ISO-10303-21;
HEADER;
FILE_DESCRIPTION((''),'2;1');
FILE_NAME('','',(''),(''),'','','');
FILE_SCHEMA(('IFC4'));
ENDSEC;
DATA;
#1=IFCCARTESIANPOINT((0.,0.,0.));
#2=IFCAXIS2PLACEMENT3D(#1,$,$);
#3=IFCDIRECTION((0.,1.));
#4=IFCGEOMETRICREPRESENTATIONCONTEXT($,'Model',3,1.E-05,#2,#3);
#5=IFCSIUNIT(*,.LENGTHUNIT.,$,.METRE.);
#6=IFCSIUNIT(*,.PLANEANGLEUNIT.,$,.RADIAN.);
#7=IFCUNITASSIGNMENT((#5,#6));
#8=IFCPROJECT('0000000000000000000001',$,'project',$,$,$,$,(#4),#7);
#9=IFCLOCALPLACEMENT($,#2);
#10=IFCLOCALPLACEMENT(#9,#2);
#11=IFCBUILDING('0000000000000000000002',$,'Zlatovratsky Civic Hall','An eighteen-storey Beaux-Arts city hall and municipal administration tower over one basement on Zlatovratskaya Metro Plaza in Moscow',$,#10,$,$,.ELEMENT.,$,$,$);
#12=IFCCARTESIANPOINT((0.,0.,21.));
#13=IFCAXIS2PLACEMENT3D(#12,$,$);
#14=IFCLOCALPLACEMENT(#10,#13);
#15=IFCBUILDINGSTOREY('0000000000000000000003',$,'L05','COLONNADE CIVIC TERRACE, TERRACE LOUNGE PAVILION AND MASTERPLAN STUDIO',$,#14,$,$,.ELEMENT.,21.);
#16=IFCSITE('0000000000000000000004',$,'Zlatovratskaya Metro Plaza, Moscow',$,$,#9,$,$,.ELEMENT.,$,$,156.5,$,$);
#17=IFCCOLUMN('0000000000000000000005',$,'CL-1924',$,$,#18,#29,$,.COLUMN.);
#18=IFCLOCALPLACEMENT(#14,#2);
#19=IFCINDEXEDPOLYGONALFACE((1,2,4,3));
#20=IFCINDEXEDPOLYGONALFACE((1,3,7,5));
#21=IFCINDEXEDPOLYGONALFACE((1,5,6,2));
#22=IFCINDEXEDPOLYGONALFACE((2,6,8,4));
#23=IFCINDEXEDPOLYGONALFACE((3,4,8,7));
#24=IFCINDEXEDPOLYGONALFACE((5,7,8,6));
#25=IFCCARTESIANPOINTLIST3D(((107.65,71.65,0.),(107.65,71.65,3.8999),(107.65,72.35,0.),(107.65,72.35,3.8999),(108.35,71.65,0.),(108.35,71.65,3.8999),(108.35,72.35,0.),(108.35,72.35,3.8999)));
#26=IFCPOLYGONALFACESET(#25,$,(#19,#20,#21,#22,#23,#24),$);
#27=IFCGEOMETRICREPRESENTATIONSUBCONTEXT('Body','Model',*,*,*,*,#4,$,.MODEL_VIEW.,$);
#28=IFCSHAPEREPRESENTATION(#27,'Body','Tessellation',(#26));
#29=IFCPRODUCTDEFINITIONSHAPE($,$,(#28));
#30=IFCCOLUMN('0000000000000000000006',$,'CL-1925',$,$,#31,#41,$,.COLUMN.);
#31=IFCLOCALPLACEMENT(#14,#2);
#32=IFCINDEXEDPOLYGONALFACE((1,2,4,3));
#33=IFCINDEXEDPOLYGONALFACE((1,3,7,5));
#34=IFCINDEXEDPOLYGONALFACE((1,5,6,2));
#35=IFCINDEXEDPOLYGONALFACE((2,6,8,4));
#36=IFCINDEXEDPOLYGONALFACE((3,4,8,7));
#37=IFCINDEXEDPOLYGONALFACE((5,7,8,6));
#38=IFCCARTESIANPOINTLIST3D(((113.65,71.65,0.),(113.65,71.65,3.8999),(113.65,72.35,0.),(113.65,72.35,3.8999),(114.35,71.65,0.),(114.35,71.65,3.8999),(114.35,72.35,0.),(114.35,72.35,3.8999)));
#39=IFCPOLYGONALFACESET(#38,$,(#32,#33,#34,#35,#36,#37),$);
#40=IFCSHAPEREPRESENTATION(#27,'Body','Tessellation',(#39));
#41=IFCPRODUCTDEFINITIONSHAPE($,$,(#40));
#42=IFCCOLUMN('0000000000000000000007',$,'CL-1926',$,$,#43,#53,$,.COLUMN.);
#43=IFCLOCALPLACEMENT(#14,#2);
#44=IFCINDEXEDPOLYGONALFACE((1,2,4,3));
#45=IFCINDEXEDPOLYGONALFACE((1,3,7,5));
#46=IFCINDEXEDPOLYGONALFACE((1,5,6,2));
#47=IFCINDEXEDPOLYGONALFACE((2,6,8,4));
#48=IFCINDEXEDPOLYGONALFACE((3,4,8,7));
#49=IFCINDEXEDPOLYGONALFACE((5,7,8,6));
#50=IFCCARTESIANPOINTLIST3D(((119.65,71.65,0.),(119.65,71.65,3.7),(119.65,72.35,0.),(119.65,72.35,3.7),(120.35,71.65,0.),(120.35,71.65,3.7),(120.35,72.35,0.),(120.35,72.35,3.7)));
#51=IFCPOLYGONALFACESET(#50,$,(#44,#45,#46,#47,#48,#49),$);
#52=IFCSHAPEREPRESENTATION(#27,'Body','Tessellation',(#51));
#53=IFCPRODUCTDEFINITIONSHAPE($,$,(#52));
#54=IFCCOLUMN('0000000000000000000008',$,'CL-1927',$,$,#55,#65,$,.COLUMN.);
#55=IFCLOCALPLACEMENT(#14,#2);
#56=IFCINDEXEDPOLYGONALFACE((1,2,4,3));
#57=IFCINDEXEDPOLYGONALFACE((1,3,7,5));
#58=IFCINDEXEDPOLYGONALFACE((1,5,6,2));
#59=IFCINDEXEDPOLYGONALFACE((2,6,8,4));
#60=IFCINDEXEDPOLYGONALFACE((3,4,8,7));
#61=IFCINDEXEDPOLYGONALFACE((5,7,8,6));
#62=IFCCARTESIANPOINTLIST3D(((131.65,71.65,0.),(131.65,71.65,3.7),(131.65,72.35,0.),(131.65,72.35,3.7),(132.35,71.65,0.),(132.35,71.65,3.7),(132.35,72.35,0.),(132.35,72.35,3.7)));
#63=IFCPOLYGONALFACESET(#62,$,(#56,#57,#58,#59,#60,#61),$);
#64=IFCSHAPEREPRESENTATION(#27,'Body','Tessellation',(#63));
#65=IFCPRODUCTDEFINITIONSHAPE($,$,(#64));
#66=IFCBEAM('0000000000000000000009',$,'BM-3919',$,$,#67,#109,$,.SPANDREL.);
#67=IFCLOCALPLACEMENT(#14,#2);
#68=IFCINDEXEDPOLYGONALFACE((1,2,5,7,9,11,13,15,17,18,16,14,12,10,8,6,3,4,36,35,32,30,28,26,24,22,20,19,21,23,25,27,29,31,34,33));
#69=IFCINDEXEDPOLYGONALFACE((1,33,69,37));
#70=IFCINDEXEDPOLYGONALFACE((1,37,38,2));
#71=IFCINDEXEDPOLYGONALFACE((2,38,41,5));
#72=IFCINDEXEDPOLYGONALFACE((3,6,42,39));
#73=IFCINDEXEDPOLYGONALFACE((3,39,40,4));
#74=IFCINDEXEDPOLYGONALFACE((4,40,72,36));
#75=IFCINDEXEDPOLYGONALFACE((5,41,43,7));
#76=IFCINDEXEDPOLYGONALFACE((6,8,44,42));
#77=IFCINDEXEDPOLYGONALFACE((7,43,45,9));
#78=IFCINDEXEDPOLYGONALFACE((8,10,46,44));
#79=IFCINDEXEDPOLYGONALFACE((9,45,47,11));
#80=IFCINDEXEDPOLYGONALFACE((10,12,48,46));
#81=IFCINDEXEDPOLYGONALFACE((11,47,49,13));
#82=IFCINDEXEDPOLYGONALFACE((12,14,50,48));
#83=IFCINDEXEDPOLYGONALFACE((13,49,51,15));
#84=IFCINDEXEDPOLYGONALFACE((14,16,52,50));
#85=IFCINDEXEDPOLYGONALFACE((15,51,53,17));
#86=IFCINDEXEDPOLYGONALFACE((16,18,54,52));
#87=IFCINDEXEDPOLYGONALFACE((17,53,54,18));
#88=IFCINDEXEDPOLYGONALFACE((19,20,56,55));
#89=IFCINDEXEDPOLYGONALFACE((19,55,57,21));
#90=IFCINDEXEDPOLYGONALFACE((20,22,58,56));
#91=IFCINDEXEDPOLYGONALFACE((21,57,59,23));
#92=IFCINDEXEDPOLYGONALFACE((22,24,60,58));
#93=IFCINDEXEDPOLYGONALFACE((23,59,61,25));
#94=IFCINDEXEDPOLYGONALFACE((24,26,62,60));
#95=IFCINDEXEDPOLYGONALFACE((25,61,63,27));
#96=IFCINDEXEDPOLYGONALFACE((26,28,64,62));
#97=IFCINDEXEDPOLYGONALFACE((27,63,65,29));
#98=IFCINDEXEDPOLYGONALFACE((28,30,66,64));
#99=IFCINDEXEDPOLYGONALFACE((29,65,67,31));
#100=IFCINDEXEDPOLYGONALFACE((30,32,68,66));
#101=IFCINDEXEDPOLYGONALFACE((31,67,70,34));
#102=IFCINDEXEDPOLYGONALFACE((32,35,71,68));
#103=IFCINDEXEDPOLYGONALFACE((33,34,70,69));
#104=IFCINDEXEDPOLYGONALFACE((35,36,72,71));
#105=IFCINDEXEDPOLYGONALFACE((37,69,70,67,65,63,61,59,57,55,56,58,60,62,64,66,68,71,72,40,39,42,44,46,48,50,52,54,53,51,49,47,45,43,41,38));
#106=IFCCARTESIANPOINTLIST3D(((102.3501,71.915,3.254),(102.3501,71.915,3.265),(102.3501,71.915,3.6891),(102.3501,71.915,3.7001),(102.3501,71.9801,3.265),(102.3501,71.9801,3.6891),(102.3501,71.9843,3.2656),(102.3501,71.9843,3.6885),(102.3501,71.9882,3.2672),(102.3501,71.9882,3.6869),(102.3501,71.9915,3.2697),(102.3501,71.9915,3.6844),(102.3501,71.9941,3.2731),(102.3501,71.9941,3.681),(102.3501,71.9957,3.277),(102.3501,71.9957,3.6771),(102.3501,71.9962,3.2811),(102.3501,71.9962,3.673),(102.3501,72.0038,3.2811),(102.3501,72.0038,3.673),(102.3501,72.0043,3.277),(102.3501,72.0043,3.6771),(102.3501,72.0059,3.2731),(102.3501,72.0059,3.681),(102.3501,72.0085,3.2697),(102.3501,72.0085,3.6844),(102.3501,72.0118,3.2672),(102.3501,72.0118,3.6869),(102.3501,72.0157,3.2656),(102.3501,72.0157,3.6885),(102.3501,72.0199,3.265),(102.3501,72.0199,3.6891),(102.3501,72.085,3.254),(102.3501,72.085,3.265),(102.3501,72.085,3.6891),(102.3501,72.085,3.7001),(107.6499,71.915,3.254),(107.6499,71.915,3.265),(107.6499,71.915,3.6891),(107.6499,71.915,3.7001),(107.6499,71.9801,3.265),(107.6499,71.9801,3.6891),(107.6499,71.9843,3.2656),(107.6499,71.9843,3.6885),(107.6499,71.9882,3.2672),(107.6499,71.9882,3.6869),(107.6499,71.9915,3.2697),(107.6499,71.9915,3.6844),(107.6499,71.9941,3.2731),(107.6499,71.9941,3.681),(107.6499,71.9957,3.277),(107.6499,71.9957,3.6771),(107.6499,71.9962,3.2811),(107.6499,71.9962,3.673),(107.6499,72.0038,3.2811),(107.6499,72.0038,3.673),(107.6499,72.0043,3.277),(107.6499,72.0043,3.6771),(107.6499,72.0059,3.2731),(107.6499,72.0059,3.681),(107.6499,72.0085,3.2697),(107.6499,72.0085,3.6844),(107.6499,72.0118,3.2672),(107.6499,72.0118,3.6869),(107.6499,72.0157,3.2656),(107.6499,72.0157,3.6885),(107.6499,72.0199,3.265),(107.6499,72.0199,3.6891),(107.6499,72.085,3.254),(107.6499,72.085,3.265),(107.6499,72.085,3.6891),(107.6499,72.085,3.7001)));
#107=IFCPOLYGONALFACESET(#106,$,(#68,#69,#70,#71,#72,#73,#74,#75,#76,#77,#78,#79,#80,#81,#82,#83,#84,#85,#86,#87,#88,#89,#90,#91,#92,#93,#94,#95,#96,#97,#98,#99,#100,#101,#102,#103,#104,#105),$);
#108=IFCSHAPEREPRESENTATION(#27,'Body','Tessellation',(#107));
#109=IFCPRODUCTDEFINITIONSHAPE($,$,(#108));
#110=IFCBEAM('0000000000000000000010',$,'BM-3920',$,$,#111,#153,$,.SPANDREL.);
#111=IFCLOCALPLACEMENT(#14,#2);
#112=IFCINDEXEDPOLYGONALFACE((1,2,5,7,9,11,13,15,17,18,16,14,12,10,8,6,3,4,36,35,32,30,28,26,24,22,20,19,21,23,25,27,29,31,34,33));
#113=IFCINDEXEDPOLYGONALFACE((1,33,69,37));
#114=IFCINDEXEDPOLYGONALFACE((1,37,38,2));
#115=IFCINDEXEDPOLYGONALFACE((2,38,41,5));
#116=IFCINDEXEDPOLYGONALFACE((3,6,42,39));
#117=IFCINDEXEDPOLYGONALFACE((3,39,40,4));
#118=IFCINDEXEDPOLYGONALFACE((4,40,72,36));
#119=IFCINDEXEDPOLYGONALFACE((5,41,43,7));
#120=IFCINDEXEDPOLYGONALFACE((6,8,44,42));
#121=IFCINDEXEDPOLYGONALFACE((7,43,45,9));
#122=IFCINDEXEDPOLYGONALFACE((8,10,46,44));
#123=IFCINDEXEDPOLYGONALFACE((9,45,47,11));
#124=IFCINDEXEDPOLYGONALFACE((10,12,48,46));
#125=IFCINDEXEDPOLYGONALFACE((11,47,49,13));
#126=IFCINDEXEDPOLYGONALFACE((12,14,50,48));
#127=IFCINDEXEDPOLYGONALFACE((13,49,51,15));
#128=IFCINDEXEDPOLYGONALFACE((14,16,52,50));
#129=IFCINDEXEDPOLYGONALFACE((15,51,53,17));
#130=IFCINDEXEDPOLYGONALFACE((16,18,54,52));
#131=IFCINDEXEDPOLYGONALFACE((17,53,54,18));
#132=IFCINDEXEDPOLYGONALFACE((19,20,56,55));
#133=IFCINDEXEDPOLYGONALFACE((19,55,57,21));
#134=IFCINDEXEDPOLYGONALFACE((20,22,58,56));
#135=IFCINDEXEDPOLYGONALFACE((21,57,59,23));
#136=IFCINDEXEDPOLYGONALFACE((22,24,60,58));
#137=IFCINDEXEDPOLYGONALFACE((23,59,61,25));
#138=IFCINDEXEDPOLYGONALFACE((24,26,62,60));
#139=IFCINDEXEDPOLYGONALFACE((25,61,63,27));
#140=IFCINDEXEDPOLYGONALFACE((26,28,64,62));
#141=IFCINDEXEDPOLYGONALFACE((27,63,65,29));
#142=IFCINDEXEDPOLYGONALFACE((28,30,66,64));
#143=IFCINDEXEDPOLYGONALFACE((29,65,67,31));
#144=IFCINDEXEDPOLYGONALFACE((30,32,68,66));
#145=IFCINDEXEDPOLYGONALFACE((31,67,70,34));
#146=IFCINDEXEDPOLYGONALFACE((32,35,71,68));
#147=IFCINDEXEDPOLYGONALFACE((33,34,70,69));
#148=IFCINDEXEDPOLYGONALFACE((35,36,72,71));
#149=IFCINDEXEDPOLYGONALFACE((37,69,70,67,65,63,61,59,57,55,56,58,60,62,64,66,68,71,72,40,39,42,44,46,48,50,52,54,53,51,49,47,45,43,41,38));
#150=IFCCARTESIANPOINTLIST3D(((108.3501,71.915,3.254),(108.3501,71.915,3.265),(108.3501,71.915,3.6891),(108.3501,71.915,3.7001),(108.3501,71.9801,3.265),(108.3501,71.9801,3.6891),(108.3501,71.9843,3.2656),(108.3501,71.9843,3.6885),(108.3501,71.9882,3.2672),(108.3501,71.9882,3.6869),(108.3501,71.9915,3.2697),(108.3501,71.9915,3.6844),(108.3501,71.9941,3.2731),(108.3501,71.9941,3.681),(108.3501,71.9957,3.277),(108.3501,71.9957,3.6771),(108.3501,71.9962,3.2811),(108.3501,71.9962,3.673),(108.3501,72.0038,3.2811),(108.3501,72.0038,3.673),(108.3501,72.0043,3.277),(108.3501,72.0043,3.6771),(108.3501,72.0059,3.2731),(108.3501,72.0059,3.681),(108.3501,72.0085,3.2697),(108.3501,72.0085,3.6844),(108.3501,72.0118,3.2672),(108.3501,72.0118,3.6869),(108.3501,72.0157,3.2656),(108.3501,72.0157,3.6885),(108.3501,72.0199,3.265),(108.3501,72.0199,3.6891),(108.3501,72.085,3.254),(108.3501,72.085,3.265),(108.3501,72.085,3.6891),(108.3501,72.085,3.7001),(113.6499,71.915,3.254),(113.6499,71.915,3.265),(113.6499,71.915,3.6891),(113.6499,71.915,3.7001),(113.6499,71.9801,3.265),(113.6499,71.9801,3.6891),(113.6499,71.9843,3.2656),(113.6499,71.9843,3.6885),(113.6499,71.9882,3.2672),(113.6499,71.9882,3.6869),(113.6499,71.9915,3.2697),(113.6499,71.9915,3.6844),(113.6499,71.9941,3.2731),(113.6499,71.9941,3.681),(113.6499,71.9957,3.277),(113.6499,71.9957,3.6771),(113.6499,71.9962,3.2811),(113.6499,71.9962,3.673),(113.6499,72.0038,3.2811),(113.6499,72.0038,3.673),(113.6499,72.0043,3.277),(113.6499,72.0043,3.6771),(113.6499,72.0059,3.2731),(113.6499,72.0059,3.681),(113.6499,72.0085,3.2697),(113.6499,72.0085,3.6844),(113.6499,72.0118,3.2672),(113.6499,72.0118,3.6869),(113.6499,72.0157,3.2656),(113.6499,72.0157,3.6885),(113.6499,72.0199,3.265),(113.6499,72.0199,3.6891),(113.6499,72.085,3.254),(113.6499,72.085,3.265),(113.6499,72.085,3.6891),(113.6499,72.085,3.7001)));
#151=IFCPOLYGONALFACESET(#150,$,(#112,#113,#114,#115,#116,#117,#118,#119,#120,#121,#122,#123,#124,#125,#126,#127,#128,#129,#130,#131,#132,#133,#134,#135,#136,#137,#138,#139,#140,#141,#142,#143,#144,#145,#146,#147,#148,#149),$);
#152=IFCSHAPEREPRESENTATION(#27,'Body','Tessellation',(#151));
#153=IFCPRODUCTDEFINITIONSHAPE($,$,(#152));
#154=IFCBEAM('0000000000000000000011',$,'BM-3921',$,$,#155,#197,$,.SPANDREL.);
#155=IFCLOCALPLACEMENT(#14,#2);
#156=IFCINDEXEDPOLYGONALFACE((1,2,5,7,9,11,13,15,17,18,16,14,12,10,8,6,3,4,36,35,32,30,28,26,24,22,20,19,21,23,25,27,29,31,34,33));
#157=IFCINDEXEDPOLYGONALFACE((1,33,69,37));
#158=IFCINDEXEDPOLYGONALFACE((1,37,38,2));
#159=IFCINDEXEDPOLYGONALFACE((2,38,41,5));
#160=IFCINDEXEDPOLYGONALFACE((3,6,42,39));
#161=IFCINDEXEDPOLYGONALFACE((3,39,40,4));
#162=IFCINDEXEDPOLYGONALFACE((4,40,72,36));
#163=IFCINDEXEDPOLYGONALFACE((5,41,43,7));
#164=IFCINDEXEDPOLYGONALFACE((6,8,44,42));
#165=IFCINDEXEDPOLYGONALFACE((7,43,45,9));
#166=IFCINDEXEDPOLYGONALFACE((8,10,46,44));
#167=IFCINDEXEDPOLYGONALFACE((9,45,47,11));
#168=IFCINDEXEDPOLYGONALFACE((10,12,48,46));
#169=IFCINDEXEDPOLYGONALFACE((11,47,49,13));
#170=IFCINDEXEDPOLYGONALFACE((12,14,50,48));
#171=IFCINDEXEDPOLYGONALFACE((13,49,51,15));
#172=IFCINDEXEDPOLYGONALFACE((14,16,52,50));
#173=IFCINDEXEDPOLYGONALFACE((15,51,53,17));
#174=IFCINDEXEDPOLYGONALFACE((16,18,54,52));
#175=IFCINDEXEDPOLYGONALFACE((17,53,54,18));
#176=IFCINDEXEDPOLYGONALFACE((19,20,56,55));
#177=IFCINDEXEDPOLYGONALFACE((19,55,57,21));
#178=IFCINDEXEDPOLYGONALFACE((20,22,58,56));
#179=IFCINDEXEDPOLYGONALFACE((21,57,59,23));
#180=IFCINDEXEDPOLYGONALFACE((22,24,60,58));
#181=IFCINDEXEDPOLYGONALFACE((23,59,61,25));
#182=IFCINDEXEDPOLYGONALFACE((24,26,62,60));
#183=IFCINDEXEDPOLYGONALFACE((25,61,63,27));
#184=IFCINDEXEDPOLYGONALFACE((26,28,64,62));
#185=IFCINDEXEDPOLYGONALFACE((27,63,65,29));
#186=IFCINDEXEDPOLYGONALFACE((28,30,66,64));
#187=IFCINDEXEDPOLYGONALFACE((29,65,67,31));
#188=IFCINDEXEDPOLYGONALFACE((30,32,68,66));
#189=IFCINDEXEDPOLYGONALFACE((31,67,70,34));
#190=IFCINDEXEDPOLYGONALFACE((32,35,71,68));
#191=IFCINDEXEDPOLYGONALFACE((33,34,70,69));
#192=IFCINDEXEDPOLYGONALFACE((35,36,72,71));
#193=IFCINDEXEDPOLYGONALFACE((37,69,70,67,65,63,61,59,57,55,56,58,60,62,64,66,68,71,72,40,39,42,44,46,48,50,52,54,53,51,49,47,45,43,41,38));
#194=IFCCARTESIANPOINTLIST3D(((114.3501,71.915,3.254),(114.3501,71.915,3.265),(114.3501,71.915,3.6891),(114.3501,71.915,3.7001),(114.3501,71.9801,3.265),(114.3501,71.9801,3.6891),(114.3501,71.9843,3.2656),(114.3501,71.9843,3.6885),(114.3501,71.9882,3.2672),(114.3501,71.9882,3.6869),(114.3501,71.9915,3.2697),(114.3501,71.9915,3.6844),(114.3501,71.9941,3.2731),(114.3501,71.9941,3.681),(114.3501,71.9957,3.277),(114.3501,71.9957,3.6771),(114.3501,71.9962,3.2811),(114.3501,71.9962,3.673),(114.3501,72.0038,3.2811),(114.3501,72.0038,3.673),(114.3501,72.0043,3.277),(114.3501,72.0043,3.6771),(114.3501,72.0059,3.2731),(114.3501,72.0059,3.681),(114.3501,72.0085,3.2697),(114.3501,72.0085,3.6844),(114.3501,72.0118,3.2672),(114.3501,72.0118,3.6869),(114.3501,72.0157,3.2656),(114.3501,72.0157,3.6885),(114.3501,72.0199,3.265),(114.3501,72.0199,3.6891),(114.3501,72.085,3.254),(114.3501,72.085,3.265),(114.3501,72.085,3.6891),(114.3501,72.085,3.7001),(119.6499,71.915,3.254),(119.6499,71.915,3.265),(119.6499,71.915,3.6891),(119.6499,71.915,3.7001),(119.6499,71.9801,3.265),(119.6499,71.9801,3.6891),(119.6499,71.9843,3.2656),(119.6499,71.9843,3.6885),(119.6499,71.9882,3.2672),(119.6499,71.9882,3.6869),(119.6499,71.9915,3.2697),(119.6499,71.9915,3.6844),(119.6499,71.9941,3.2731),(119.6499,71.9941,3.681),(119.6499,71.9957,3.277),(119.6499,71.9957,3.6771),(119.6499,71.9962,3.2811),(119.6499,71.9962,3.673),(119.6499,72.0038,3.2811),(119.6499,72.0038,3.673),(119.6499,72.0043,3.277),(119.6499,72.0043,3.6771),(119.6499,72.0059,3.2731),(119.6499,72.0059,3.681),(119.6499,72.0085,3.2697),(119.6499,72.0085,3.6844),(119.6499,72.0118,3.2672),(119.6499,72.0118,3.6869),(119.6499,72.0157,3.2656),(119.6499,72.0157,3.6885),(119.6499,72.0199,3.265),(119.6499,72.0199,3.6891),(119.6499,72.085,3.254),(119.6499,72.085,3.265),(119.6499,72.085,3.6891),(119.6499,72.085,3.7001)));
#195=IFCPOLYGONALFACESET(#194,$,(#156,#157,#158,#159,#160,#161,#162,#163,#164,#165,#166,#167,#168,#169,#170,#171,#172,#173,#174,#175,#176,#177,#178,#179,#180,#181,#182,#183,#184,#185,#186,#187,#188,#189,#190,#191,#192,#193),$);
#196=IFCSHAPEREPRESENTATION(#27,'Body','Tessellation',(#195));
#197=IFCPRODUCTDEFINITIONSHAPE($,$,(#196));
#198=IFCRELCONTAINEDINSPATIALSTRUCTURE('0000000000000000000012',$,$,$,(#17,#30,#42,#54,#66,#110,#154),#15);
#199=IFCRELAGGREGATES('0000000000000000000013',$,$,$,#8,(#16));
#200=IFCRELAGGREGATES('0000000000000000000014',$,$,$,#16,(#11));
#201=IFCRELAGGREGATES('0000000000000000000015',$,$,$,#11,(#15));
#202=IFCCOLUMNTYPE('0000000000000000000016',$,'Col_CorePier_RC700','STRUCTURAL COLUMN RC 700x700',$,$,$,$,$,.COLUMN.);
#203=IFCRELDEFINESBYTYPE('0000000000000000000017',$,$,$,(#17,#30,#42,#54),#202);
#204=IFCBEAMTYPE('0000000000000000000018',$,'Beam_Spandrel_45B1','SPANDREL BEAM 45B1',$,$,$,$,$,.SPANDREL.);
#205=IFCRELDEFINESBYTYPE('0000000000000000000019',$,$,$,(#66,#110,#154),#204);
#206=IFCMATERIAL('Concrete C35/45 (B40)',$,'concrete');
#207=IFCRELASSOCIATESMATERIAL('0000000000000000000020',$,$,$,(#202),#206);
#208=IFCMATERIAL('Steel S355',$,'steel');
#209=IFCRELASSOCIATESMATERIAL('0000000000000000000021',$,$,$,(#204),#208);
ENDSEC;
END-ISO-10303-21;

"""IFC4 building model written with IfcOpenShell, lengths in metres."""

from ifc_helpers import new_model, si_unit, direction, frame, origin, origin_2d, place, context, subcontext, project, spatial, rectangle, i_section, extrude, material, material_profile, profile_set, type_object, element, save


model = new_model("IFC4")

# Units and contexts
model_context = context("Model", 3, precision=1e-05, world=origin(), true_north=direction((0.0, 1.0)))
body_context = subcontext(model_context, "Body", "Model", "MODEL_VIEW")
ifc_project = project(units=[si_unit("LENGTHUNIT", "METRE"), si_unit("PLANEANGLEUNIT", "RADIAN")], contexts=[model_context])

# Site, building, storey
site_placement = place(None, origin())
site = spatial("IfcSite", under=ifc_project, at=site_placement, Name="Zlatovratskaya Metro Plaza, Moscow", CompositionType="ELEMENT", RefElevation=156.5)
building_placement = place(site_placement, origin())
building = spatial("IfcBuilding", under=site, at=building_placement, Name="Zlatovratsky Civic Hall", Description="An eighteen-storey Beaux-Arts city hall and municipal administration tower over one basement on Zlatovratskaya Metro Plaza in Moscow", CompositionType="ELEMENT")
storey_placement = place(building_placement, frame((0.0, 0.0, 21.0)))
storey = spatial("IfcBuildingStorey", under=building, at=storey_placement, Name="L05", Description="COLONNADE CIVIC TERRACE, TERRACE LOUNGE PAVILION AND MASTERPLAN STUDIO", CompositionType="ELEMENT", Elevation=21.0)

# Columns
ifc_material_1 = material(Name="Concrete C35/45 (B40)", Category="concrete")
ifc_material_profile_1 = material_profile(ifc_material_1, rectangle(XDim=0.7, YDim=0.7, at=origin_2d()), Name="RC 700x700")
ifc_profile_set_1 = profile_set([ifc_material_profile_1], Name="Concrete C35/45 (B40)")
column_type = type_object("IfcColumnType", Name="Col_CorePier_RC700", Description="STRUCTURAL COLUMN RC 700x700", PredefinedType="COLUMN", material=ifc_profile_set_1)
for number, where, z_axis, x_axis, name in (
    (1, (108.0, 72.0, 0.0), (0.0, 0.0, 1.0), (1.0, 0.0, 0.0), "CL-1924"),
    (2, (114.0, 72.0, 0.0), (0.0, 0.0, 1.0), (1.0, 0.0, 0.0), "CL-1925"),
):
    element("IfcColumn", number, at=place(storey_placement, frame(where, z_axis=z_axis, x_axis=x_axis)), inside=storey, type_object=column_type, Name=name, PredefinedType="COLUMN", context=body_context, shape_type="SweptSolid", body=[
        extrude(rectangle(XDim=0.7, YDim=0.7, at=origin_2d()), origin(), (0.0, 0.0, 1.0), 3.8999),
    ])
for number, where, z_axis, x_axis, name in (
    (3, (120.0, 72.0, 0.0), (0.0, 0.0, 1.0), (1.0, 0.0, 0.0), "CL-1926"),
    (4, (132.0, 72.0, 0.0), (0.0, 0.0, 1.0), (1.0, 0.0, 0.0), "CL-1927"),
):
    element("IfcColumn", number, at=place(storey_placement, frame(where, z_axis=z_axis, x_axis=x_axis)), inside=storey, type_object=column_type, Name=name, PredefinedType="COLUMN", context=body_context, shape_type="SweptSolid", body=[
        extrude(rectangle(XDim=0.7, YDim=0.7, at=origin_2d()), origin(), (0.0, 0.0, 1.0), 3.7),
    ])

# Beams
ifc_material_2 = material(Name="Steel S355", Category="steel")
ifc_material_profile_2 = material_profile(ifc_material_2, i_section(OverallWidth=0.1699, OverallDepth=0.446, WebThickness=0.0076, FlangeThickness=0.011, FilletRadius=0.0161, at=origin_2d()), Name="45B1")
ifc_profile_set_2 = profile_set([ifc_material_profile_2], Name="Steel S355")
beam_type_1 = type_object("IfcBeamType", Name="Beam_Spandrel_45B1", Description="SPANDREL BEAM 45B1", PredefinedType="SPANDREL", material=ifc_profile_set_2)
for number, where, z_axis, x_axis, name in (
    (5, (102.3501, 72.0, 3.4771), (1.0, 0.0, 0.0), (0.0, 1.0, 0.0), "BM-3919"),
    (6, (108.3501, 72.0, 3.4771), (1.0, 0.0, 0.0), (0.0, 1.0, 0.0), "BM-3920"),
    (7, (114.3501, 72.0, 3.4771), (1.0, 0.0, 0.0), (0.0, 1.0, 0.0), "BM-3921"),
):
    element("IfcBeam", number, at=place(storey_placement, frame(where, z_axis=z_axis, x_axis=x_axis)), inside=storey, type_object=beam_type_1, Name=name, PredefinedType="SPANDREL", context=body_context, shape_type="SweptSolid", body=[
        extrude(i_section(OverallWidth=0.1699, OverallDepth=0.446, WebThickness=0.0076, FlangeThickness=0.011, FilletRadius=0.0161, at=origin_2d()), origin(), (0.0, 0.0, 1.0), 5.2998),
    ])

save(model, "model.ifc")
